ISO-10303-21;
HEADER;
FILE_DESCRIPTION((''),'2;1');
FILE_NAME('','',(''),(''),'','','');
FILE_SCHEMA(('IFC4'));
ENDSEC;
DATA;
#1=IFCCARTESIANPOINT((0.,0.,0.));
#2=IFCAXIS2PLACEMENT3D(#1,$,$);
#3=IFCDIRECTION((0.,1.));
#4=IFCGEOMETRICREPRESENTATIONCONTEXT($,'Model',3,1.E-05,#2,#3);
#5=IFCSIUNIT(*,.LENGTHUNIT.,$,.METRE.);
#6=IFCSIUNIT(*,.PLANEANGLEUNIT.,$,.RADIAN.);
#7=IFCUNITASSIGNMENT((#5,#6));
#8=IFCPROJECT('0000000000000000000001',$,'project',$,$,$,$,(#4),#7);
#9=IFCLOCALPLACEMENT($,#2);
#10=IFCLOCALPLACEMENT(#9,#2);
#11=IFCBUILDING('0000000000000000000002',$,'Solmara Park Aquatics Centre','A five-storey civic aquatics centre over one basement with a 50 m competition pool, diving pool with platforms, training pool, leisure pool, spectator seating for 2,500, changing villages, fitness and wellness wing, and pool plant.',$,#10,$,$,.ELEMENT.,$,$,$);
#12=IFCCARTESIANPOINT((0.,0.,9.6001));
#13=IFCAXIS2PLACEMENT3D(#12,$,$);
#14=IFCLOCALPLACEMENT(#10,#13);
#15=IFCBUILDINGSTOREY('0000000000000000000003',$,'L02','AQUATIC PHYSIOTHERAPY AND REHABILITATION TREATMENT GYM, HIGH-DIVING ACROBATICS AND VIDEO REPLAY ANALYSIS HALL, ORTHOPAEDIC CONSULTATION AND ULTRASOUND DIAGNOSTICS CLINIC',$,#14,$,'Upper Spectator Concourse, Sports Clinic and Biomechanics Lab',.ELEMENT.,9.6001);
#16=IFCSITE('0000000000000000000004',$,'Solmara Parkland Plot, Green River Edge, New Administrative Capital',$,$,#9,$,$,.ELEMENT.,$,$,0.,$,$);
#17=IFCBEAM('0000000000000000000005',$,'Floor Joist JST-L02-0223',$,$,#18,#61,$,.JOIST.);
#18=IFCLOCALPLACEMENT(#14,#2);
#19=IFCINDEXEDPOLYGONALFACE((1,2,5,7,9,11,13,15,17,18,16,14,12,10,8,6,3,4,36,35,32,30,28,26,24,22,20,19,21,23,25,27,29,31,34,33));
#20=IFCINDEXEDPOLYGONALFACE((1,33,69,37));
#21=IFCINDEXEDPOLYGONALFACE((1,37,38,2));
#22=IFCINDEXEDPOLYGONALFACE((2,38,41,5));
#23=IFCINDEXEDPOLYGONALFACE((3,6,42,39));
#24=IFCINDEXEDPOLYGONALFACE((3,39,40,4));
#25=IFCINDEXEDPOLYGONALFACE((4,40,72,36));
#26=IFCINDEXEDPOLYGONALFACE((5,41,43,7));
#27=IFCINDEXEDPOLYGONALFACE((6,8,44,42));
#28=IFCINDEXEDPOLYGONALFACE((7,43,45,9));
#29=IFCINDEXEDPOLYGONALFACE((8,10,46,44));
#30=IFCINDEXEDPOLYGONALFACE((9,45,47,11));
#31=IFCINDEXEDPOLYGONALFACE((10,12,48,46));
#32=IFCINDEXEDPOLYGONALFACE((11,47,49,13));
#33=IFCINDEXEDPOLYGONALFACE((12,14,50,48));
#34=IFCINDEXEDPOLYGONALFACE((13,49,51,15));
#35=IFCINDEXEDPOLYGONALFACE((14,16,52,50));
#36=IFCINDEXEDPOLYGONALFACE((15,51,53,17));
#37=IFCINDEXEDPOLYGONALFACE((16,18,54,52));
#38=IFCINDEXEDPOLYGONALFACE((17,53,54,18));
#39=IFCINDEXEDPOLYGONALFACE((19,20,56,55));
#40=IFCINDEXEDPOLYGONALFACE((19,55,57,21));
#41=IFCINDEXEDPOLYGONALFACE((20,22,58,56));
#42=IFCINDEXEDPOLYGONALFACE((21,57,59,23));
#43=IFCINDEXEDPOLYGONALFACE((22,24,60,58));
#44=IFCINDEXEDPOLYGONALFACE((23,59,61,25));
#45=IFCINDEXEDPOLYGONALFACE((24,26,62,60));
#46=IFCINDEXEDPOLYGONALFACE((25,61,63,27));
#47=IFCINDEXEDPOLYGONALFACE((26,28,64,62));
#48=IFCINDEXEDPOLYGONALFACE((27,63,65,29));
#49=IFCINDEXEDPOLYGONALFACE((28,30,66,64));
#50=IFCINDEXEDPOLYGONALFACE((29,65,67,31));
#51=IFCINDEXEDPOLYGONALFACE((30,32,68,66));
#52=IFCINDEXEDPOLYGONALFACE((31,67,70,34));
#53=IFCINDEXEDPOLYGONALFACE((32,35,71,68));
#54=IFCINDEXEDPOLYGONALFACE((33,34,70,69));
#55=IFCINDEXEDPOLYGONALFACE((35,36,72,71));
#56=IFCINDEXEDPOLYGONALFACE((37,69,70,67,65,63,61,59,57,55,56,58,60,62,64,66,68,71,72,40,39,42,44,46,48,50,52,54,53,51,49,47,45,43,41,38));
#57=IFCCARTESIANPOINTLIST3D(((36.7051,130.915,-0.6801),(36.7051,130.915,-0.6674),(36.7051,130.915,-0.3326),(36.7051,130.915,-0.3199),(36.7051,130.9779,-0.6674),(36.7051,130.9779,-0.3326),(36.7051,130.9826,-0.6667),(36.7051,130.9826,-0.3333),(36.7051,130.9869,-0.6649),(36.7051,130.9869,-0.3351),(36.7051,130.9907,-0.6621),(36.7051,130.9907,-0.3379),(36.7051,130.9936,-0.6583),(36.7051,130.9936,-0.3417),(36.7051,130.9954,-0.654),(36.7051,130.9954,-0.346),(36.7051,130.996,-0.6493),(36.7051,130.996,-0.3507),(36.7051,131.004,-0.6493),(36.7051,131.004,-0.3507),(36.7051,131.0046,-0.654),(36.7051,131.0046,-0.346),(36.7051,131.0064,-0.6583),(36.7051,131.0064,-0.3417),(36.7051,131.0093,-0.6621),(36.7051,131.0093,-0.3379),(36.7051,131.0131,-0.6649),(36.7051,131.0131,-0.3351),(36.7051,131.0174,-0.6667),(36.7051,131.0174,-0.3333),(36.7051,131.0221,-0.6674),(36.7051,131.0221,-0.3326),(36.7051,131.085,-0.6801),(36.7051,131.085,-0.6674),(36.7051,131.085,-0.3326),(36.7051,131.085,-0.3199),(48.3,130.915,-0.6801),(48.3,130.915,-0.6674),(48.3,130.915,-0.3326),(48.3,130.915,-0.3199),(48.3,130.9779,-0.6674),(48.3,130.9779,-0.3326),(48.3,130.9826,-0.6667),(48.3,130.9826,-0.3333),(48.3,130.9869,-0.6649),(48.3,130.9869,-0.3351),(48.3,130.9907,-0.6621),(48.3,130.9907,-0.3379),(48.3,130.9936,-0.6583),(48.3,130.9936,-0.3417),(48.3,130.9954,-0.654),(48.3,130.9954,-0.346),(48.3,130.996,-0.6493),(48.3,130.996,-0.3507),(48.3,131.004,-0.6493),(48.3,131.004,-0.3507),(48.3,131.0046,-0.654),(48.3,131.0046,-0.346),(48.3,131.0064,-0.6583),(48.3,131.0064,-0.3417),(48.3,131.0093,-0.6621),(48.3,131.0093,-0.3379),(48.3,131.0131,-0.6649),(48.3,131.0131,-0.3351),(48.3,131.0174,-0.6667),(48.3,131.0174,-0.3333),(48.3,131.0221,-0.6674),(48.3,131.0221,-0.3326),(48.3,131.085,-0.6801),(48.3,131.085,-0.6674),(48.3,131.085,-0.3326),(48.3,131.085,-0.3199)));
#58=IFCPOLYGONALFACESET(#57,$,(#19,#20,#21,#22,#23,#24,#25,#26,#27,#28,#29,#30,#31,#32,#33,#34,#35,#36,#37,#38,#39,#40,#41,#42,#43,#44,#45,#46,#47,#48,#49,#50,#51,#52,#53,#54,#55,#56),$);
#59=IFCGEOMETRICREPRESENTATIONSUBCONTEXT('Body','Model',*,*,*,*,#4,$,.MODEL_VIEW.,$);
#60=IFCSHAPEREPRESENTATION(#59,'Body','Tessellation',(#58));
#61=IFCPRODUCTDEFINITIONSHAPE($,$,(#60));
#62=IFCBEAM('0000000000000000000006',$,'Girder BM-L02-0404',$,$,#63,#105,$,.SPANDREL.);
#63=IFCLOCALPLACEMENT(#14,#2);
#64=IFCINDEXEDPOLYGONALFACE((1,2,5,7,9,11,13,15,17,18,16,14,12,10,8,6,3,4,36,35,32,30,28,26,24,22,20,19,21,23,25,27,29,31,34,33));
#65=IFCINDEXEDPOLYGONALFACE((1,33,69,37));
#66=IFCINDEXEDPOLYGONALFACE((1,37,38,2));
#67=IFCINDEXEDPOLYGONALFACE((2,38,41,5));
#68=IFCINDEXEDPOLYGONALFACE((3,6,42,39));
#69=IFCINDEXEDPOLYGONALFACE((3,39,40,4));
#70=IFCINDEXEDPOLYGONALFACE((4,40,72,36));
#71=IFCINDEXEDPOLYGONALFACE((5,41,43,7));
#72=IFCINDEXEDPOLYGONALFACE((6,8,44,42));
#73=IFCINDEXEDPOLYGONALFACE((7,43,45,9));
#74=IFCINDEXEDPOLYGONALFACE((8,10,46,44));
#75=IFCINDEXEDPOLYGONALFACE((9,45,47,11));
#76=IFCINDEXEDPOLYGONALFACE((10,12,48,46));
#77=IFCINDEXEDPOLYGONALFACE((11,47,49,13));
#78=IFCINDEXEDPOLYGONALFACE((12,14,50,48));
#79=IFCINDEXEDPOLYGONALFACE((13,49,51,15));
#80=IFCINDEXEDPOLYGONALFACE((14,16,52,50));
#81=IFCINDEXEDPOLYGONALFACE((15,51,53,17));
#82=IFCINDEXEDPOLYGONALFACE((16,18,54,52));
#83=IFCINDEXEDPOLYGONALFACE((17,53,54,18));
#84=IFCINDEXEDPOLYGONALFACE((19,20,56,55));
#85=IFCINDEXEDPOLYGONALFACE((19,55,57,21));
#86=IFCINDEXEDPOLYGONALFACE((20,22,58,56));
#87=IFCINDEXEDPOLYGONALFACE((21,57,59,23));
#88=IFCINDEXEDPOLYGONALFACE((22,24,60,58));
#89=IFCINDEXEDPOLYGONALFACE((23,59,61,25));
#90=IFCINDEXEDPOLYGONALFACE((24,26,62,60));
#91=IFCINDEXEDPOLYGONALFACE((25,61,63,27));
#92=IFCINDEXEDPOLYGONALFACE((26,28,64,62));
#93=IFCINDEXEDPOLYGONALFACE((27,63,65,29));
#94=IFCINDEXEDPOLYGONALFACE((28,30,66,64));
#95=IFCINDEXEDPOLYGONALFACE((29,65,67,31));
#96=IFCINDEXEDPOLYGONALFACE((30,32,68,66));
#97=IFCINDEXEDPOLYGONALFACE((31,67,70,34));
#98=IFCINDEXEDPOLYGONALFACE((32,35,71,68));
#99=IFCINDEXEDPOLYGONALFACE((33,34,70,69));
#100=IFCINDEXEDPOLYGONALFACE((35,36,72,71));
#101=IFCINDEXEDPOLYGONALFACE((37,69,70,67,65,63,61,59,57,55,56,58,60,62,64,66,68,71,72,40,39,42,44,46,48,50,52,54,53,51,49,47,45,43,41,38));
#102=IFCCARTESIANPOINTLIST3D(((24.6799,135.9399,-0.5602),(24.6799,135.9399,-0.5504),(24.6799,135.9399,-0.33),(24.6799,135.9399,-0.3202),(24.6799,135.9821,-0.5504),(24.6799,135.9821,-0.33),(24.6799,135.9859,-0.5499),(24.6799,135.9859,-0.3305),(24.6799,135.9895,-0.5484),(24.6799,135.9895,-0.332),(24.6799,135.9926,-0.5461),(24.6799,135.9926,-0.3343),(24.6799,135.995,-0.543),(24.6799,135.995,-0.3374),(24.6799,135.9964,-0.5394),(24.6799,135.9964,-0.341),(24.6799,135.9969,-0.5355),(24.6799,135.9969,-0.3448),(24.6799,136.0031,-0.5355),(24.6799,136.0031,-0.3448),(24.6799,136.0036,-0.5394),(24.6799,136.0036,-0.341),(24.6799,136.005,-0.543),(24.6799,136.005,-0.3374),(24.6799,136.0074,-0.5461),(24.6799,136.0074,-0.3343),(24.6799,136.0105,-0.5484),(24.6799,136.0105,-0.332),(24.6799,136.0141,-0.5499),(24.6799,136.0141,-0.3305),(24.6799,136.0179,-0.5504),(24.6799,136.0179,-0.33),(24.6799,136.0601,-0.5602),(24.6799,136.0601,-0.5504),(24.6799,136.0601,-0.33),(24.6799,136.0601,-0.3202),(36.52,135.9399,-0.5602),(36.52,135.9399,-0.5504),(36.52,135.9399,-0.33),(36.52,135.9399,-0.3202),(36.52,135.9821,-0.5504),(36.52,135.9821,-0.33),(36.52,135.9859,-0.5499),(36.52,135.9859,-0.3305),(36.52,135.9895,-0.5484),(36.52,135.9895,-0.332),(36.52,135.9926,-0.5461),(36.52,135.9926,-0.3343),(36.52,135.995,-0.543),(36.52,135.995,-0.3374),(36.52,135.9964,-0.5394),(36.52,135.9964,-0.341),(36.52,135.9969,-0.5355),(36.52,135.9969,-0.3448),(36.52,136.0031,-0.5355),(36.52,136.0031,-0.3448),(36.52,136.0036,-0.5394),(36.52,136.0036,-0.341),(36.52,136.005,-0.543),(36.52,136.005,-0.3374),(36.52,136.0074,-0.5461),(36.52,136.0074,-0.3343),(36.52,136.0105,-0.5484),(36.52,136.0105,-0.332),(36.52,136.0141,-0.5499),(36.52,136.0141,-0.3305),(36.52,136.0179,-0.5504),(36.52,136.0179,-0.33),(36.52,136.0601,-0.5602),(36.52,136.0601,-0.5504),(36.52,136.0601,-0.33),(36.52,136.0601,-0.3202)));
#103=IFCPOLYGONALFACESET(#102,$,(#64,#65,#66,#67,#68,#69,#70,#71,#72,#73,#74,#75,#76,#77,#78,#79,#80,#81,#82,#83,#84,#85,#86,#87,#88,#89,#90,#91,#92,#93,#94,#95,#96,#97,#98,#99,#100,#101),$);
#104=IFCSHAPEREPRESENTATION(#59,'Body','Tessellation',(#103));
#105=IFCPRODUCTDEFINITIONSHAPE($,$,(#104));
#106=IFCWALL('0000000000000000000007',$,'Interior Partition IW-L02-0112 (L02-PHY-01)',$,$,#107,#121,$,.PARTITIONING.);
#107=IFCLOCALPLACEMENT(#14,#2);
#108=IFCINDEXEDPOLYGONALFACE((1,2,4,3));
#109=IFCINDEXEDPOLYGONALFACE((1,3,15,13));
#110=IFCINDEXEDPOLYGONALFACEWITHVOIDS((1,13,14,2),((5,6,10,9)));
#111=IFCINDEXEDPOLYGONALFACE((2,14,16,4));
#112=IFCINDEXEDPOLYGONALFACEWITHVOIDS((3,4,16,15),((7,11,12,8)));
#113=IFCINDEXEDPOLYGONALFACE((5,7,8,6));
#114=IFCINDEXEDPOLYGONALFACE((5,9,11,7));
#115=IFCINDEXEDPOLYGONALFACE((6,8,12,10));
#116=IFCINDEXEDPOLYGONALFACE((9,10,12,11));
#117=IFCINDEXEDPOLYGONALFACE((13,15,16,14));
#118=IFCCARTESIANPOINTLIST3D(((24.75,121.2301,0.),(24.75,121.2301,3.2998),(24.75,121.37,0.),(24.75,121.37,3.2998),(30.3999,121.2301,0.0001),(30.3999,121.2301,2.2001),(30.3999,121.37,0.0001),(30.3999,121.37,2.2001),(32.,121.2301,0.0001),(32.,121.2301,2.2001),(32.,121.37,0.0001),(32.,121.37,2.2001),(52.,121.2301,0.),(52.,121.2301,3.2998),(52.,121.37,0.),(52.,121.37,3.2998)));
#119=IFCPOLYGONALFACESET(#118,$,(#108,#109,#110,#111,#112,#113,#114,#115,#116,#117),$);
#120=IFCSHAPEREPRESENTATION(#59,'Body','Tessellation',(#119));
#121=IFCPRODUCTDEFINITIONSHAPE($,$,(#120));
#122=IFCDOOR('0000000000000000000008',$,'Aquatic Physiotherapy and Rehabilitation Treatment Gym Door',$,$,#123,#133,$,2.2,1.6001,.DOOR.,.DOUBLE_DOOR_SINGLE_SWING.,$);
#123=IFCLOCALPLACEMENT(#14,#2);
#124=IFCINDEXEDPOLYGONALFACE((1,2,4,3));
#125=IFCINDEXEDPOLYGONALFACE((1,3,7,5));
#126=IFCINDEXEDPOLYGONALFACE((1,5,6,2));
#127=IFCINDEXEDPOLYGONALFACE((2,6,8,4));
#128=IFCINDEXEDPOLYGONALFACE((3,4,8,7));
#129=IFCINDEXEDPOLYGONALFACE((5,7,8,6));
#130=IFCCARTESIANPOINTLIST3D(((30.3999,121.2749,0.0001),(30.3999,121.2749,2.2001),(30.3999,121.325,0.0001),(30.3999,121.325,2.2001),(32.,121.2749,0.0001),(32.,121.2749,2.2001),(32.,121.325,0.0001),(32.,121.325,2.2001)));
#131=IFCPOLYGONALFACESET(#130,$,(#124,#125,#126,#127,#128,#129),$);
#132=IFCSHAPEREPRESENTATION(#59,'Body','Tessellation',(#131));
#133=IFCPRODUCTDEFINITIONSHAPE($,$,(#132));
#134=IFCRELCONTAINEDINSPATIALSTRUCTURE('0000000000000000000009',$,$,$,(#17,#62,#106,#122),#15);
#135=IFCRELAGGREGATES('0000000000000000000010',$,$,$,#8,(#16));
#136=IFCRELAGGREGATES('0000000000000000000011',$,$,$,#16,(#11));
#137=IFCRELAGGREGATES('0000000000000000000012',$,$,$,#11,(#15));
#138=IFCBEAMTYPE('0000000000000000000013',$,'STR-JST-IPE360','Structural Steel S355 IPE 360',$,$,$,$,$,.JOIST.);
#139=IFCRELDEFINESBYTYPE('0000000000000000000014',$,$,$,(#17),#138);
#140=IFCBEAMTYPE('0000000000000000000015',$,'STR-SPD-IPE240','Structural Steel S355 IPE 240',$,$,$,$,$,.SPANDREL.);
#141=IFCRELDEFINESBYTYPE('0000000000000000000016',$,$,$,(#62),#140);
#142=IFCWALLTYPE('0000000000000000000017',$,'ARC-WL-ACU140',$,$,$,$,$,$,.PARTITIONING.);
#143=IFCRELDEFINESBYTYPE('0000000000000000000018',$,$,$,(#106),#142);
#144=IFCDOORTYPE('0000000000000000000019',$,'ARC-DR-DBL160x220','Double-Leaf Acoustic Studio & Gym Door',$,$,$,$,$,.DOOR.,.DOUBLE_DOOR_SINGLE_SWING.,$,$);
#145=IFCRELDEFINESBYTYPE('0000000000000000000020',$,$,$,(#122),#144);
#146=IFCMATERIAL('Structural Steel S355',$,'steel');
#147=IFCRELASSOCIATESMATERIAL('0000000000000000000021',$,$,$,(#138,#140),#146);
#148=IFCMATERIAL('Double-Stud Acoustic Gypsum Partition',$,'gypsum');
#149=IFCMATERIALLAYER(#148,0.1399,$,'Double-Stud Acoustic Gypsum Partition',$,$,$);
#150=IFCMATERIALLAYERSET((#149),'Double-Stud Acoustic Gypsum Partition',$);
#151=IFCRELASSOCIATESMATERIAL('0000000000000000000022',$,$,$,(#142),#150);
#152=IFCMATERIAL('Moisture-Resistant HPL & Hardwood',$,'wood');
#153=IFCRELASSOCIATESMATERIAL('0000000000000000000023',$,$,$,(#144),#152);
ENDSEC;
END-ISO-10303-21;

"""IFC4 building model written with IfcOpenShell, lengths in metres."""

from ifc_helpers import new_model, si_unit, direction, frame, frame_2d, origin, origin_2d, place, context, subcontext, project, spatial, rectangle, i_section, extrude, material, layer, layer_set, material_profile, profile_set, type_object, element, fill, save


model = new_model("IFC4")

# Units and contexts
model_context = context("Model", 3, precision=1e-05, world=origin(), true_north=direction((0.0, 1.0)))
body_context = subcontext(model_context, "Body", "Model", "MODEL_VIEW")
ifc_project = project(units=[si_unit("LENGTHUNIT", "METRE"), si_unit("PLANEANGLEUNIT", "RADIAN")], contexts=[model_context])

# Site, building, storey
site_placement = place(None, origin())
site = spatial("IfcSite", under=ifc_project, at=site_placement, Name="Solmara Parkland Plot, Green River Edge, New Administrative Capital", CompositionType="ELEMENT", RefElevation=0.0)
building_placement = place(site_placement, origin())
building = spatial("IfcBuilding", under=site, at=building_placement, Name="Solmara Park Aquatics Centre", Description="A five-storey civic aquatics centre over one basement with a 50 m competition pool, diving pool with platforms, training pool, leisure pool, spectator seating for 2,500, changing villages, fitness and wellness wing, and pool plant.", CompositionType="ELEMENT")
storey_placement = place(building_placement, frame((0.0, 0.0, 9.6001)))
storey = spatial("IfcBuildingStorey", under=building, at=storey_placement, Name="L02", Description="AQUATIC PHYSIOTHERAPY AND REHABILITATION TREATMENT GYM, HIGH-DIVING ACROBATICS AND VIDEO REPLAY ANALYSIS HALL, ORTHOPAEDIC CONSULTATION AND ULTRASOUND DIAGNOSTICS CLINIC", LongName="Upper Spectator Concourse, Sports Clinic and Biomechanics Lab", CompositionType="ELEMENT", Elevation=9.6001)

# Shared definitions
ifc_material_1 = material(Name="Structural Steel S355", Category="steel")

# Beams
ifc_material_profile_1 = material_profile(ifc_material_1, i_section(OverallWidth=0.1699, OverallDepth=0.3601, WebThickness=0.0081, FlangeThickness=0.0127, FilletRadius=0.0181, at=origin_2d()), Name="IPE 360")
ifc_profile_set_1 = profile_set([ifc_material_profile_1], Name="Structural Steel S355")
beam_type_1 = type_object("IfcBeamType", Name="STR-JST-IPE360", Description="Structural Steel S355 IPE 360", PredefinedType="JOIST", material=ifc_profile_set_1)
for number, where, z_axis, x_axis, name in (
    (1, (36.7051, 131.0, -0.5), (1.0, 0.0, 0.0), (0.0, 1.0, 0.0), "Floor Joist JST-L02-0223"),
):
    element("IfcBeam", number, at=place(storey_placement, frame(where, z_axis=z_axis, x_axis=x_axis)), inside=storey, type_object=beam_type_1, Name=name, PredefinedType="JOIST", context=body_context, shape_type="SweptSolid", body=[
        extrude(i_section(OverallWidth=0.1699, OverallDepth=0.3601, WebThickness=0.0081, FlangeThickness=0.0127, FilletRadius=0.0181, at=origin_2d()), origin(), (0.0, 0.0, 1.0), 11.595),
    ])
ifc_material_profile_2 = material_profile(ifc_material_1, i_section(OverallWidth=0.1201, OverallDepth=0.24, WebThickness=0.0061, FlangeThickness=0.0098, FilletRadius=0.0149, at=origin_2d()), Name="IPE 240")
ifc_profile_set_2 = profile_set([ifc_material_profile_2], Name="Structural Steel S355")
beam_type_2 = type_object("IfcBeamType", Name="STR-SPD-IPE240", Description="Structural Steel S355 IPE 240", PredefinedType="SPANDREL", material=ifc_profile_set_2)
beam_1_placement = place(storey_placement, frame((24.6799, 136.0, -0.4402), z_axis=(1.0, 0.0, 0.0), x_axis=(0.0, 1.0, 0.0)))
element("IfcBeam", 2, at=beam_1_placement, inside=storey, type_object=beam_type_2, Name="Girder BM-L02-0404", PredefinedType="SPANDREL", context=body_context, shape_type="SweptSolid", body=[
    extrude(i_section(OverallWidth=0.1201, OverallDepth=0.24, WebThickness=0.0061, FlangeThickness=0.0098, FilletRadius=0.0149, at=origin_2d()), origin(), (0.0, 0.0, 1.0), 11.8401),
])

# Wall, opening, door
ifc_material_2 = material(Name="Double-Stud Acoustic Gypsum Partition", Category="gypsum")
ifc_layer_1 = layer(ifc_material_2, 0.1399, Name="Double-Stud Acoustic Gypsum Partition")
ifc_layer_set_1 = layer_set([ifc_layer_1], Name="Double-Stud Acoustic Gypsum Partition")
wall_type_1 = type_object("IfcWallType", Name="ARC-WL-ACU140", PredefinedType="PARTITIONING", material=ifc_layer_set_1)
wall_1_placement = place(storey_placement, frame((24.75, 121.3, 0.0), z_axis=(0.0, 0.0, 1.0), x_axis=(1.0, 0.0, 0.0)))
wall_1 = element("IfcWall", 3, at=wall_1_placement, inside=storey, type_object=wall_type_1, Name="Interior Partition IW-L02-0112 (L02-PHY-01)", PredefinedType="PARTITIONING", context=body_context, shape_type="SweptSolid", body=[
    extrude(rectangle(XDim=27.25, YDim=0.1399, at=frame_2d((13.625, 0.0))), origin(), (0.0, 0.0, 1.0), 3.2998),
])
opening_1_placement = place(wall_1_placement, frame((5.6499, 0.0, 0.0)))
opening_1 = element("IfcOpeningElement", 4, at=opening_1_placement, cuts=wall_1, PredefinedType="OPENING", context=body_context, shape_type="SweptSolid", body=[
    extrude(rectangle(XDim=1.6001, YDim=2.2, at=frame_2d((0.8, 1.1001))), frame((0.0, 0.0798, 0.0), z_axis=(0.0, -1.0, 0.0), x_axis=(1.0, 0.0, 0.0)), (0.0, 0.0, 1.0), 0.1599),
])
ifc_material_3 = material(Name="Moisture-Resistant HPL & Hardwood", Category="wood")
door_type = type_object("IfcDoorType", Name="ARC-DR-DBL160x220", Description="Double-Leaf Acoustic Studio & Gym Door", OperationType="DOUBLE_DOOR_SINGLE_SWING", PredefinedType="DOOR", material=ifc_material_3)
door_placement = place(opening_1_placement, origin())
door = element("IfcDoor", 5, at=door_placement, inside=storey, type_object=door_type, Name="Aquatic Physiotherapy and Rehabilitation Treatment Gym Door", OperationType="DOUBLE_DOOR_SINGLE_SWING", OverallHeight=2.2, OverallWidth=1.6001, PredefinedType="DOOR", context=body_context, shape_type="SweptSolid", body=[
    extrude(rectangle(XDim=1.6001, YDim=2.2, at=frame_2d((0.8, 1.1001))), frame((0.0, 0.0249, 0.0), z_axis=(0.0, -1.0, 0.0), x_axis=(1.0, 0.0, 0.0)), (0.0, 0.0, 1.0), 0.05),
])
fill(opening_1, door)

save(model, "model.ifc")
